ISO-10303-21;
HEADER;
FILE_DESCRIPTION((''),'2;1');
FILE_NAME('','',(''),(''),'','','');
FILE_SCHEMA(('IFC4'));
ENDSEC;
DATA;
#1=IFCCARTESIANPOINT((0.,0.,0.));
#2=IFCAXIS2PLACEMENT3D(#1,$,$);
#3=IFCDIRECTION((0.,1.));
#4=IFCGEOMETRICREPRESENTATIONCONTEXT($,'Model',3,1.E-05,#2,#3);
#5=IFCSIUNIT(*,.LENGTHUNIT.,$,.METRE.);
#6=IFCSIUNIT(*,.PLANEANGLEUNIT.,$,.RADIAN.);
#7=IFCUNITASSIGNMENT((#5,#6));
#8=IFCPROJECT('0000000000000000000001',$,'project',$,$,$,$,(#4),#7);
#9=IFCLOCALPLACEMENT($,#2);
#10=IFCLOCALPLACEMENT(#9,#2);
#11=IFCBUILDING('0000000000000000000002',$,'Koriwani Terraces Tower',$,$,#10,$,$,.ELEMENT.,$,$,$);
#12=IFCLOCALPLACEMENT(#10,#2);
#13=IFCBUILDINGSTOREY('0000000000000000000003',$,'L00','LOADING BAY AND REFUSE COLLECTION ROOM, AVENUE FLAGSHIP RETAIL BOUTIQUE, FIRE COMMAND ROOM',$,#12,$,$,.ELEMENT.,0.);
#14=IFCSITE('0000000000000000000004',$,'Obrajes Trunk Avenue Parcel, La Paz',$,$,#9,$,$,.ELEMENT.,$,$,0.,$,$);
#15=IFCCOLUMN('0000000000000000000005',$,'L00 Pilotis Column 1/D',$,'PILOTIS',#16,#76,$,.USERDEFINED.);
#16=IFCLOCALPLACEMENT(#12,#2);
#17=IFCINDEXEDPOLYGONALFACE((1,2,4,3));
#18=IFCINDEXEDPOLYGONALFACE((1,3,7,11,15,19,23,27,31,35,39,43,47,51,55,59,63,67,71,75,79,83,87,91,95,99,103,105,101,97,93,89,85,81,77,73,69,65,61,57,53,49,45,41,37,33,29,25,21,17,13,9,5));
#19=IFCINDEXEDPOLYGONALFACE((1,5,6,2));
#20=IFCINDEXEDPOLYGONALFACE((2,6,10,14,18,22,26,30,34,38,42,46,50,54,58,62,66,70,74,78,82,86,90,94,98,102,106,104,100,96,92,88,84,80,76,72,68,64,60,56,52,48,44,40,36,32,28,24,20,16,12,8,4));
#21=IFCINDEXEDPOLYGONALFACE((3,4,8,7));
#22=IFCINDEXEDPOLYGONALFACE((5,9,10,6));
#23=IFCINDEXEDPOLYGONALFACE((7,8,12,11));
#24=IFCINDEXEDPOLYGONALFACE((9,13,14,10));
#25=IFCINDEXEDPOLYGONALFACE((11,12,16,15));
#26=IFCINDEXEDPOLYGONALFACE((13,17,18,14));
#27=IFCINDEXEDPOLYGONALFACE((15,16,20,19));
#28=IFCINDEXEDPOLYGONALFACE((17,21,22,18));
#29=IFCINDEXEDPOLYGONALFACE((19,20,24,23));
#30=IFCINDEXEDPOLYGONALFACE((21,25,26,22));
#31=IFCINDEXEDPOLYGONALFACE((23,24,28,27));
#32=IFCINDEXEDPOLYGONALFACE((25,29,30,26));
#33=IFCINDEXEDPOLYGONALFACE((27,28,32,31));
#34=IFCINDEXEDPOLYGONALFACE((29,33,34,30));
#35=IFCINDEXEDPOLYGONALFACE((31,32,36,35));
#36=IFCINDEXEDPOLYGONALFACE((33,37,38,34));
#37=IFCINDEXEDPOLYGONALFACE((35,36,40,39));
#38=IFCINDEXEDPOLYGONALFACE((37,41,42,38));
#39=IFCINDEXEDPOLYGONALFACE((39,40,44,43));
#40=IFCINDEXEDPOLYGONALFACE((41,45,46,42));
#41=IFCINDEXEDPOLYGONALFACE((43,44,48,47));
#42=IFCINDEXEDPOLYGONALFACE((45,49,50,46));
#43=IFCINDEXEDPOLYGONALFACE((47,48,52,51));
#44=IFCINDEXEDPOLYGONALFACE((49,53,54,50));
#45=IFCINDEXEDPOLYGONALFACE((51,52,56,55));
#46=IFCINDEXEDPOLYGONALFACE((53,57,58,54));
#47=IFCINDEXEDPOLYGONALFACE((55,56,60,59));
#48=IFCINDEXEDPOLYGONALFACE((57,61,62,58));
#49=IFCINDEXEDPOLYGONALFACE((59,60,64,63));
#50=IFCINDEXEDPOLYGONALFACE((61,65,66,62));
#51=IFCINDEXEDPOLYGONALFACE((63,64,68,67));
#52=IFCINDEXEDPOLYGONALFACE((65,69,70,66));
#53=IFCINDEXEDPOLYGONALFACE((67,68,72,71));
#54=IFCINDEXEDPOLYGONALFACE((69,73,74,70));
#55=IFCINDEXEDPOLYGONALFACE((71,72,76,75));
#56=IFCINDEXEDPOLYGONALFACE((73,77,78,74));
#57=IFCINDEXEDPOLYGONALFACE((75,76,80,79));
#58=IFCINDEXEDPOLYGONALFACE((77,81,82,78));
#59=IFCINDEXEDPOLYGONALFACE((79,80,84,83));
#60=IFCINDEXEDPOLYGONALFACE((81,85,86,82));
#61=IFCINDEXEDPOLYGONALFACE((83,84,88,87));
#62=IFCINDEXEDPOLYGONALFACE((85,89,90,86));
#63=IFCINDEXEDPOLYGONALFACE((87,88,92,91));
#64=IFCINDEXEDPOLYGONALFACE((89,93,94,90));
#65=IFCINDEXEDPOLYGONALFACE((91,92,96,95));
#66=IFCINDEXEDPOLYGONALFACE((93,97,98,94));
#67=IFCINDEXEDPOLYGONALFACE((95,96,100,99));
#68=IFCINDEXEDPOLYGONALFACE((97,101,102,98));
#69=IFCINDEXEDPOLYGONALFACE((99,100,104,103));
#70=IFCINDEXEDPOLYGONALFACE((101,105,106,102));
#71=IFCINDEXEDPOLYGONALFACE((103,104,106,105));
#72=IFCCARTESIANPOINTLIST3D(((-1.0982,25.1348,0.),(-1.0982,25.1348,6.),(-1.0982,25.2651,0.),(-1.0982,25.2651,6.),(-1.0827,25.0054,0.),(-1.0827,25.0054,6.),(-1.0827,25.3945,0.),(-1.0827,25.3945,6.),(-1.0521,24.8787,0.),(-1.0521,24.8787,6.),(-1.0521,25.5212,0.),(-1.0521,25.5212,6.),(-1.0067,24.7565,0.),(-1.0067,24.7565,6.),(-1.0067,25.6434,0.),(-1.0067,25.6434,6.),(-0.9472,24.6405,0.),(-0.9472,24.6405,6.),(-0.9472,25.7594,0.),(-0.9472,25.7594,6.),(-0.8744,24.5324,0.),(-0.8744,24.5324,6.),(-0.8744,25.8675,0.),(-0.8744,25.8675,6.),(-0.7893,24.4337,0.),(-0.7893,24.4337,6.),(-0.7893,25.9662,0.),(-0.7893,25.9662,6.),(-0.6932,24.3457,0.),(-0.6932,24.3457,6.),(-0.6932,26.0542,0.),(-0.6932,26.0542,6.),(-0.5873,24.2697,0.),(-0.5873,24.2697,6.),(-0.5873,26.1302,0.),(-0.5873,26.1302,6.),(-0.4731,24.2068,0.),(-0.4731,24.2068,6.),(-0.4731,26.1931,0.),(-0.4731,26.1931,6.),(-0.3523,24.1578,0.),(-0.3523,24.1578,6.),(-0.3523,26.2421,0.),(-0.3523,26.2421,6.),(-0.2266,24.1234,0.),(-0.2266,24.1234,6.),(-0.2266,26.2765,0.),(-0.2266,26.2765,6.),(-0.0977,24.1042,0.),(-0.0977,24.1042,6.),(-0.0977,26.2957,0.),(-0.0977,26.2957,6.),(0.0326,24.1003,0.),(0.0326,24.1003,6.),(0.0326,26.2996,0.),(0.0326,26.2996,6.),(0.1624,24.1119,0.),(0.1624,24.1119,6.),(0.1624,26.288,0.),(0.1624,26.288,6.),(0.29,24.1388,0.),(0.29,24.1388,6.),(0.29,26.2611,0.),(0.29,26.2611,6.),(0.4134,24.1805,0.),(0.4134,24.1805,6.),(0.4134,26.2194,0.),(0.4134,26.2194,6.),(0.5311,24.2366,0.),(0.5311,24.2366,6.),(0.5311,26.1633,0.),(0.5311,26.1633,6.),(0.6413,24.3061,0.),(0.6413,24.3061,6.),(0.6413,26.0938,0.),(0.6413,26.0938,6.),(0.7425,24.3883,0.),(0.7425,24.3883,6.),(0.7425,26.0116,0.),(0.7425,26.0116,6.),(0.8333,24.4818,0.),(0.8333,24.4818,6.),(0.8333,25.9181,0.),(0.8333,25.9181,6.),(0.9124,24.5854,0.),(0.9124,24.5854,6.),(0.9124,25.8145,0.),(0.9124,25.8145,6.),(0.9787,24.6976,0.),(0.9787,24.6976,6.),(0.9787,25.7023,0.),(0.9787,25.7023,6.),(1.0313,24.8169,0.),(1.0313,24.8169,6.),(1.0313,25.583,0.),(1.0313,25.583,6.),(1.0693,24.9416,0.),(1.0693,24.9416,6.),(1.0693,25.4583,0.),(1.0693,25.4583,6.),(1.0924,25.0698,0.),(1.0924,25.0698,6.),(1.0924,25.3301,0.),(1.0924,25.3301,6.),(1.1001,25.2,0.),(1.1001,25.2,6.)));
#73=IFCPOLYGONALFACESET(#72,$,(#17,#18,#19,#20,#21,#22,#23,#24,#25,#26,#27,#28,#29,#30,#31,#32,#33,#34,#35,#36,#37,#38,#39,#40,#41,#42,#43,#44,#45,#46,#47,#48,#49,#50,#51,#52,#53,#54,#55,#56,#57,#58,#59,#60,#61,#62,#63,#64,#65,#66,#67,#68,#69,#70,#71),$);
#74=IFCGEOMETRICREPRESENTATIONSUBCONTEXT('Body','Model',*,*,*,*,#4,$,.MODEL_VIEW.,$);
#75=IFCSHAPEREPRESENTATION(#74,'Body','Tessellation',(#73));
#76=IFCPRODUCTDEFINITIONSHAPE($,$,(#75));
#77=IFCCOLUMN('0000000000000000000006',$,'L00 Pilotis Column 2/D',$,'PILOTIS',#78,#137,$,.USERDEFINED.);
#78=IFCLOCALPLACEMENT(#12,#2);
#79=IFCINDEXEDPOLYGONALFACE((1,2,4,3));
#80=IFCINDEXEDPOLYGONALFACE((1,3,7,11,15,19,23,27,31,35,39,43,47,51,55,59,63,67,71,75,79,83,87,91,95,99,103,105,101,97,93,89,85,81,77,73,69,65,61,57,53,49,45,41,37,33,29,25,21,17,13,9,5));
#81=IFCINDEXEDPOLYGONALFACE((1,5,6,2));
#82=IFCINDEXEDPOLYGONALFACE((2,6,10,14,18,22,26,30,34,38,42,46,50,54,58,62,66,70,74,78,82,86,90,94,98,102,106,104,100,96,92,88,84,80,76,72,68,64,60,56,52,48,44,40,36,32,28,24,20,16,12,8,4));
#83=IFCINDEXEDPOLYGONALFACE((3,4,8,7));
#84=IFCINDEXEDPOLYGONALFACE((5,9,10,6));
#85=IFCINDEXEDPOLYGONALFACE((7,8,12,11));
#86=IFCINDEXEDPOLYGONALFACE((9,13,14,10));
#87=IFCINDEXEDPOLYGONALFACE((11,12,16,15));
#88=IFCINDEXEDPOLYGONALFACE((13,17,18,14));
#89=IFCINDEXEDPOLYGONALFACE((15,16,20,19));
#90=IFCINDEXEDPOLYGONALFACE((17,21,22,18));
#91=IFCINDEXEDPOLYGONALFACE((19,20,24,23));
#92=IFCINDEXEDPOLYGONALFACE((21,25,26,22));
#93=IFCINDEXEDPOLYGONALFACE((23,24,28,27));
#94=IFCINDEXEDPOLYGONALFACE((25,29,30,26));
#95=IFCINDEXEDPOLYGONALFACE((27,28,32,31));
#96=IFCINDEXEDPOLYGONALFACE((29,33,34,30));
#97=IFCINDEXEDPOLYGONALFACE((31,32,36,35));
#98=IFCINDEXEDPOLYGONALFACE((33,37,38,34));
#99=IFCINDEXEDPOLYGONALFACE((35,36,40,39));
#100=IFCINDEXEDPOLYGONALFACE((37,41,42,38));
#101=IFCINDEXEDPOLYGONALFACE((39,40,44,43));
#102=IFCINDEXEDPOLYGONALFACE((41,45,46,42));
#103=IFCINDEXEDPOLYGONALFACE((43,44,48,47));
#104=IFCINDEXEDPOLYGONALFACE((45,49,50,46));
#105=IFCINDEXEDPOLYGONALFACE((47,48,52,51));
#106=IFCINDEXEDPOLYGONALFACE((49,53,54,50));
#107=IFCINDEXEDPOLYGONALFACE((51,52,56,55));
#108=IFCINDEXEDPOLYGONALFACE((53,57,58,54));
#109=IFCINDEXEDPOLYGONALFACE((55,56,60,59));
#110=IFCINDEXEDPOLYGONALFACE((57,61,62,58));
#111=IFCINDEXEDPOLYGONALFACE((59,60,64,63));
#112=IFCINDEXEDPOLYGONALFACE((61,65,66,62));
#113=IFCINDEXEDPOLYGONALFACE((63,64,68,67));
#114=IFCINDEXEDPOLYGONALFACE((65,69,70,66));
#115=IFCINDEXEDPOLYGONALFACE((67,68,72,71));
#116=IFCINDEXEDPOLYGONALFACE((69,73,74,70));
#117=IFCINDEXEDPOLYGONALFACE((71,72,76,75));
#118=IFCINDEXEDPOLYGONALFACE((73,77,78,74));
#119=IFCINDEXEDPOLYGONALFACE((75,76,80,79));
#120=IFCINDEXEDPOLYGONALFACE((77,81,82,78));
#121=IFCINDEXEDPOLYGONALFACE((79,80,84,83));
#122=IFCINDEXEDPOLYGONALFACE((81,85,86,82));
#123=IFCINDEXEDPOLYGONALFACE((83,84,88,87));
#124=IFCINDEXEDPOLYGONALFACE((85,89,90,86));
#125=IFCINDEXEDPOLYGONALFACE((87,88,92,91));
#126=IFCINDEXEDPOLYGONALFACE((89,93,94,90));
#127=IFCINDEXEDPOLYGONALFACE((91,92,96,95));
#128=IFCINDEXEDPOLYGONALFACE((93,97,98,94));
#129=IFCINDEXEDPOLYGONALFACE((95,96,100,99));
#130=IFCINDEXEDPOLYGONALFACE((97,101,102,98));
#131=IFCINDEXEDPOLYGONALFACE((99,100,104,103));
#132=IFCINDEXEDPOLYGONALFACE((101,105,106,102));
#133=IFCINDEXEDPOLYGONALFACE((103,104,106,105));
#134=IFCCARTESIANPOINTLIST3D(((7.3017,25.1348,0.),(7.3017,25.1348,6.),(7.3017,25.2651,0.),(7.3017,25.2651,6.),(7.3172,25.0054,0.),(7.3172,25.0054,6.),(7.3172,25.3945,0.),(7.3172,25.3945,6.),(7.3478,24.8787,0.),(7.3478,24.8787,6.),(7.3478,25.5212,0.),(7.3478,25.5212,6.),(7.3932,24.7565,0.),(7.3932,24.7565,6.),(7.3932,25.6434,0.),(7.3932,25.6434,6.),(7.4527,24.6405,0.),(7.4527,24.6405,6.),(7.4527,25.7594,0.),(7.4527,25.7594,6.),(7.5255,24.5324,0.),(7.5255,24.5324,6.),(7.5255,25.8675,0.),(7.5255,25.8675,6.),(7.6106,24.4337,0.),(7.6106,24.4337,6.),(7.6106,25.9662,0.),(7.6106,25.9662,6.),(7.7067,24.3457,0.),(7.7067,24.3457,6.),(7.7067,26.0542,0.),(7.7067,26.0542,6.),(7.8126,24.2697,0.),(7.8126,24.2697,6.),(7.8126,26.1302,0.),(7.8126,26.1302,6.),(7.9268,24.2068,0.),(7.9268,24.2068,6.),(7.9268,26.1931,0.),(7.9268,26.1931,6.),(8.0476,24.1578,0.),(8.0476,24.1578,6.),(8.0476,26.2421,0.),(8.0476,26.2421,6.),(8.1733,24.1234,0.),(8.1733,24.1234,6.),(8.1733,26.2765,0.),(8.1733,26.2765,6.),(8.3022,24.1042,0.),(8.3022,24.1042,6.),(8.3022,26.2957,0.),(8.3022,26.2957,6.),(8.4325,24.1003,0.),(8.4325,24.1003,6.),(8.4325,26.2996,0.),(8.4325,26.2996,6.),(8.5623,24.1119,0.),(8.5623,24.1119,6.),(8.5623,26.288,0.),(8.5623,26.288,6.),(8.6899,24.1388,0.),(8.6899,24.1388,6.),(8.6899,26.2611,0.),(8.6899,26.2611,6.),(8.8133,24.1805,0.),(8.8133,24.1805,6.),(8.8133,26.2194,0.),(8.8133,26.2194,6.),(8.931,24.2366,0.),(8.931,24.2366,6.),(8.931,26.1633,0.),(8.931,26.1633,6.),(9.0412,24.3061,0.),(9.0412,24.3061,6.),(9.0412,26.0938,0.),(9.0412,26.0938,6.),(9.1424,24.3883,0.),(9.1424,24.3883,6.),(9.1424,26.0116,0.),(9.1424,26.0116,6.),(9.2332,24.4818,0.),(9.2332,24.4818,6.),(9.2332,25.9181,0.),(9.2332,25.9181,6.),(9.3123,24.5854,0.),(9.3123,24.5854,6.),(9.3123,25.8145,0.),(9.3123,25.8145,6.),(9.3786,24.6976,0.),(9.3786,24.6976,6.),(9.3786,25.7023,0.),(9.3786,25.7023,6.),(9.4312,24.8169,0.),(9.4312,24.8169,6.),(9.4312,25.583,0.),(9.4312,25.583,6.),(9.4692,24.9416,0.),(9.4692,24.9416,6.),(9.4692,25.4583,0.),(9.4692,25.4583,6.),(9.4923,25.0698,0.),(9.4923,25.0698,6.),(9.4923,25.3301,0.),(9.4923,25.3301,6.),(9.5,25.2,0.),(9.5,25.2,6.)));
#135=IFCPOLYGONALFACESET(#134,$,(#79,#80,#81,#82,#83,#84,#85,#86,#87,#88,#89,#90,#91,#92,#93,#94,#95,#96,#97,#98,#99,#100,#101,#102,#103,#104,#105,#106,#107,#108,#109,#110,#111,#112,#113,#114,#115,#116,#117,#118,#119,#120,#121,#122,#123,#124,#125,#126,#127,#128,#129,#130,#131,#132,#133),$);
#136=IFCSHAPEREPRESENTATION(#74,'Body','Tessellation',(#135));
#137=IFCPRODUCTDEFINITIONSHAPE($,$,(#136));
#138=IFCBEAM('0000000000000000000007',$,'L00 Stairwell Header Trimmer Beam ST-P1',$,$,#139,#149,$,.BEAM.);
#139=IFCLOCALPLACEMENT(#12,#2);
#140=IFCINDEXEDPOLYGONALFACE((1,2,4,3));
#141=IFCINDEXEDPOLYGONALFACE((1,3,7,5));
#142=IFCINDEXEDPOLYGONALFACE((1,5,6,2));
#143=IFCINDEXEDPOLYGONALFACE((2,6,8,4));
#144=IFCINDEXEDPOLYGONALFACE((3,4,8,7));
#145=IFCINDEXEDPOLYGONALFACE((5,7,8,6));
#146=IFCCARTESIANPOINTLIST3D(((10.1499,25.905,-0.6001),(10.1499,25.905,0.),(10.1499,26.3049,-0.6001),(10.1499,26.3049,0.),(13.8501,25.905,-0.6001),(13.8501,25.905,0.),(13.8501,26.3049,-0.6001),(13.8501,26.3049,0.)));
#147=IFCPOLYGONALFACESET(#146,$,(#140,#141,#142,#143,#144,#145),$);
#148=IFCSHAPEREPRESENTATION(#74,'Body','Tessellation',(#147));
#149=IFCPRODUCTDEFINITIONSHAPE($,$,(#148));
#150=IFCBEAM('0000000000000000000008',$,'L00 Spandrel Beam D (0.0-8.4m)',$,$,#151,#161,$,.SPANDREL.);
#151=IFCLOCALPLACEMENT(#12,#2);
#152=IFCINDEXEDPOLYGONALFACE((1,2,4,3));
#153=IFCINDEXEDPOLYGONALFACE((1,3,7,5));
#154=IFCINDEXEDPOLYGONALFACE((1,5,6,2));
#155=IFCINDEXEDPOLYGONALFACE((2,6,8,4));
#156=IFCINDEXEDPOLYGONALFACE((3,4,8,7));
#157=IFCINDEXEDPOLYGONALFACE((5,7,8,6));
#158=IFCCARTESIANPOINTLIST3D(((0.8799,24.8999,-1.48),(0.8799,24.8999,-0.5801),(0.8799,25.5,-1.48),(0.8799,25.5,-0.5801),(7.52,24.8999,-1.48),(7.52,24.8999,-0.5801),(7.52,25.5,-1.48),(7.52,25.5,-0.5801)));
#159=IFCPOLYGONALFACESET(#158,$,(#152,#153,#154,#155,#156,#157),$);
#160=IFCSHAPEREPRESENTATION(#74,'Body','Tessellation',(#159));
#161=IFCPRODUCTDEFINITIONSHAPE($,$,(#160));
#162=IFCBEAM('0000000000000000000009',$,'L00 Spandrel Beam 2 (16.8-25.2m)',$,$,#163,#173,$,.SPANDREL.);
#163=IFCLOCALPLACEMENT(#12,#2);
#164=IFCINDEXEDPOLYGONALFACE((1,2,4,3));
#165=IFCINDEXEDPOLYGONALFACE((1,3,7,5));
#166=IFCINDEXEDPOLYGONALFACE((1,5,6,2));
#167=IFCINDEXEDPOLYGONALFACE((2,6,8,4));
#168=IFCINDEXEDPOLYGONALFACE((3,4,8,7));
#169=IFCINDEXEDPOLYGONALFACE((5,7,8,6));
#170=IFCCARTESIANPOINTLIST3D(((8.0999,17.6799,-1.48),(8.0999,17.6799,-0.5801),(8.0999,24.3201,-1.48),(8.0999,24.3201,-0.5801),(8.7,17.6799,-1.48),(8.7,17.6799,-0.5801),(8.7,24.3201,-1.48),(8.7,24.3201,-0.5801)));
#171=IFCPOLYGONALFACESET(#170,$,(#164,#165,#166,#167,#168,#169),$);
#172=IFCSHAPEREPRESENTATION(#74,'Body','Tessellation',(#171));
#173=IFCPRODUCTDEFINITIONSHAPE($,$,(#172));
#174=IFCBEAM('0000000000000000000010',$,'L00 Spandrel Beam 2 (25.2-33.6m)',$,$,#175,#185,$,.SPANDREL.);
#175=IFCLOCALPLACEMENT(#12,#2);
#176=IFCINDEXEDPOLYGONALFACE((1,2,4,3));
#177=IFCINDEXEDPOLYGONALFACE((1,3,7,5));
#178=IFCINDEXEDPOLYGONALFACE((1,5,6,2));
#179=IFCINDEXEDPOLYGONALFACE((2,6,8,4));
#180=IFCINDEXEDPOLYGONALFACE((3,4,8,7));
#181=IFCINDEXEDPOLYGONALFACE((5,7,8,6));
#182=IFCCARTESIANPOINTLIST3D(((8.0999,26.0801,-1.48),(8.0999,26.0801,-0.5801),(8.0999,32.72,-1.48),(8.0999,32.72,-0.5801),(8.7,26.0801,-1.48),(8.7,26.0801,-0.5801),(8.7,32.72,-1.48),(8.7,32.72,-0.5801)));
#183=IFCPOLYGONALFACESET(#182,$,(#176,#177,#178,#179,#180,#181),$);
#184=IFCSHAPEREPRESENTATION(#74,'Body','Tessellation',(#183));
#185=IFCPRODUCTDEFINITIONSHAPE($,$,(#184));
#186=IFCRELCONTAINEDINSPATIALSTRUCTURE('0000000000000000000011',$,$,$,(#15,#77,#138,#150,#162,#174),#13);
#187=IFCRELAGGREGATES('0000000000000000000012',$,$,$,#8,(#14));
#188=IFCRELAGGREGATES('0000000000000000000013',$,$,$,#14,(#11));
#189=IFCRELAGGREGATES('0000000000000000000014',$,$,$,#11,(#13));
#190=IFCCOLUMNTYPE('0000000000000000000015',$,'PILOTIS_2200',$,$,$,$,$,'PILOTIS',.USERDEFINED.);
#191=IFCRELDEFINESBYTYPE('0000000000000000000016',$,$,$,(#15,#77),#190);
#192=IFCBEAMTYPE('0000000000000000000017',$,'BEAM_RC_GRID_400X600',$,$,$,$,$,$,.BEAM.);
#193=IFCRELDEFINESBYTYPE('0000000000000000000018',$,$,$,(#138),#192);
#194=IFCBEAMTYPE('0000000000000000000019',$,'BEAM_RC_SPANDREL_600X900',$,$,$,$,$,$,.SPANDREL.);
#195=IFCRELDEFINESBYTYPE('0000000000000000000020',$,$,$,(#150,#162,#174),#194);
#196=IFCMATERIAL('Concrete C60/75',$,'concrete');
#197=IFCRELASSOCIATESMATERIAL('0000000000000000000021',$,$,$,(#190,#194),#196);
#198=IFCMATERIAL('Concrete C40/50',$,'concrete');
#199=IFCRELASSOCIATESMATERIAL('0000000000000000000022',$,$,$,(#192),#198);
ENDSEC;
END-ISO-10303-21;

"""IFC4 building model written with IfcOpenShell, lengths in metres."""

from ifc_helpers import new_model, si_unit, direction, frame, origin, origin_2d, place, context, subcontext, project, spatial, rectangle, circle, extrude, material, material_profile, profile_set, type_object, element, save


model = new_model("IFC4")

# Units and contexts
model_context = context("Model", 3, precision=1e-05, world=origin(), true_north=direction((0.0, 1.0)))
body_context = subcontext(model_context, "Body", "Model", "MODEL_VIEW")
ifc_project = project(units=[si_unit("LENGTHUNIT", "METRE"), si_unit("PLANEANGLEUNIT", "RADIAN")], contexts=[model_context])

# Site, building, storey
site_placement = place(None, origin())
site = spatial("IfcSite", under=ifc_project, at=site_placement, Name="Obrajes Trunk Avenue Parcel, La Paz", CompositionType="ELEMENT", RefElevation=0.0)
building_placement = place(site_placement, origin())
building = spatial("IfcBuilding", under=site, at=building_placement, Name="Koriwani Terraces Tower", CompositionType="ELEMENT")
storey_placement = place(building_placement, origin())
storey = spatial("IfcBuildingStorey", under=building, at=storey_placement, Name="L00", Description="LOADING BAY AND REFUSE COLLECTION ROOM, AVENUE FLAGSHIP RETAIL BOUTIQUE, FIRE COMMAND ROOM", CompositionType="ELEMENT", Elevation=0.0)

# Columns
ifc_material_1 = material(Name="Concrete C60/75", Category="concrete")
ifc_material_profile_1 = material_profile(ifc_material_1, circle(Radius=1.1001, at=origin_2d()), Name="Concrete C60/75", Category="LoadBearing")
ifc_profile_set_1 = profile_set([ifc_material_profile_1], Name="Concrete C60/75")
column_type = type_object("IfcColumnType", Name="PILOTIS_2200", ElementType="PILOTIS", PredefinedType="USERDEFINED", material=ifc_profile_set_1)
for number, where, z_axis, x_axis, name in (
    (1, (0.0, 25.2, 0.0), (0.0, 0.0, 1.0), (1.0, 0.0, 0.0), "L00 Pilotis Column 1/D"),
    (2, (8.3999, 25.2, 0.0), (0.0, 0.0, 1.0), (1.0, 0.0, 0.0), "L00 Pilotis Column 2/D"),
):
    element("IfcColumn", number, at=place(storey_placement, frame(where, z_axis=z_axis, x_axis=x_axis)), inside=storey, type_object=column_type, Name=name, ObjectType="PILOTIS", PredefinedType="USERDEFINED", context=body_context, shape_type="SweptSolid", body=[
        extrude(circle(Radius=1.1001, at=origin_2d()), origin(), (0.0, 0.0, 1.0), 6.0),
    ])

# Beams
ifc_material_2 = material(Name="Concrete C40/50", Category="concrete")
ifc_material_profile_2 = material_profile(ifc_material_2, rectangle(XDim=0.3999, YDim=0.6001, at=origin_2d()), Name="Concrete C40/50", Category="LoadBearing")
ifc_profile_set_2 = profile_set([ifc_material_profile_2], Name="Concrete C40/50")
beam_type_1 = type_object("IfcBeamType", Name="BEAM_RC_GRID_400X600", PredefinedType="BEAM", material=ifc_profile_set_2)
beam_1_placement = place(storey_placement, frame((10.1499, 26.105, -0.3), z_axis=(1.0, 0.0, 0.0), x_axis=(0.0, 1.0, 0.0)))
element("IfcBeam", 3, at=beam_1_placement, inside=storey, type_object=beam_type_1, Name="L00 Stairwell Header Trimmer Beam ST-P1", PredefinedType="BEAM", context=body_context, shape_type="SweptSolid", body=[
    extrude(rectangle(XDim=0.3999, YDim=0.6001, at=origin_2d()), origin(), (0.0, 0.0, 1.0), 3.7002),
])
ifc_material_profile_3 = material_profile(ifc_material_1, rectangle(XDim=0.6001, YDim=0.8999, at=origin_2d()), Name="Concrete C60/75", Category="LoadBearing")
ifc_profile_set_3 = profile_set([ifc_material_profile_3], Name="Concrete C60/75")
beam_type_2 = type_object("IfcBeamType", Name="BEAM_RC_SPANDREL_600X900", PredefinedType="SPANDREL", material=ifc_profile_set_3)
for number, where, z_axis, x_axis, name in (
    (4, (0.8799, 25.2, -1.03), (1.0, 0.0, 0.0), (0.0, 1.0, 0.0), "L00 Spandrel Beam D (0.0-8.4m)"),
    (5, (8.3999, 17.6799, -1.03), (0.0, 1.0, 0.0), (-1.0, 0.0, 0.0), "L00 Spandrel Beam 2 (16.8-25.2m)"),
):
    element("IfcBeam", number, at=place(storey_placement, frame(where, z_axis=z_axis, x_axis=x_axis)), inside=storey, type_object=beam_type_2, Name=name, PredefinedType="SPANDREL", context=body_context, shape_type="SweptSolid", body=[
        extrude(rectangle(XDim=0.6001, YDim=0.8999, at=origin_2d()), origin(), (0.0, 0.0, 1.0), 6.6401),
    ])
beam_2_placement = place(storey_placement, frame((8.3999, 26.0801, -1.03), z_axis=(0.0, 1.0, 0.0), x_axis=(-1.0, 0.0, 0.0)))
element("IfcBeam", 6, at=beam_2_placement, inside=storey, type_object=beam_type_2, Name="L00 Spandrel Beam 2 (25.2-33.6m)", PredefinedType="SPANDREL", context=body_context, shape_type="SweptSolid", body=[
    extrude(rectangle(XDim=0.6001, YDim=0.8999, at=origin_2d()), origin(), (0.0, 0.0, 1.0), 6.6399),
])

save(model, "model.ifc")
